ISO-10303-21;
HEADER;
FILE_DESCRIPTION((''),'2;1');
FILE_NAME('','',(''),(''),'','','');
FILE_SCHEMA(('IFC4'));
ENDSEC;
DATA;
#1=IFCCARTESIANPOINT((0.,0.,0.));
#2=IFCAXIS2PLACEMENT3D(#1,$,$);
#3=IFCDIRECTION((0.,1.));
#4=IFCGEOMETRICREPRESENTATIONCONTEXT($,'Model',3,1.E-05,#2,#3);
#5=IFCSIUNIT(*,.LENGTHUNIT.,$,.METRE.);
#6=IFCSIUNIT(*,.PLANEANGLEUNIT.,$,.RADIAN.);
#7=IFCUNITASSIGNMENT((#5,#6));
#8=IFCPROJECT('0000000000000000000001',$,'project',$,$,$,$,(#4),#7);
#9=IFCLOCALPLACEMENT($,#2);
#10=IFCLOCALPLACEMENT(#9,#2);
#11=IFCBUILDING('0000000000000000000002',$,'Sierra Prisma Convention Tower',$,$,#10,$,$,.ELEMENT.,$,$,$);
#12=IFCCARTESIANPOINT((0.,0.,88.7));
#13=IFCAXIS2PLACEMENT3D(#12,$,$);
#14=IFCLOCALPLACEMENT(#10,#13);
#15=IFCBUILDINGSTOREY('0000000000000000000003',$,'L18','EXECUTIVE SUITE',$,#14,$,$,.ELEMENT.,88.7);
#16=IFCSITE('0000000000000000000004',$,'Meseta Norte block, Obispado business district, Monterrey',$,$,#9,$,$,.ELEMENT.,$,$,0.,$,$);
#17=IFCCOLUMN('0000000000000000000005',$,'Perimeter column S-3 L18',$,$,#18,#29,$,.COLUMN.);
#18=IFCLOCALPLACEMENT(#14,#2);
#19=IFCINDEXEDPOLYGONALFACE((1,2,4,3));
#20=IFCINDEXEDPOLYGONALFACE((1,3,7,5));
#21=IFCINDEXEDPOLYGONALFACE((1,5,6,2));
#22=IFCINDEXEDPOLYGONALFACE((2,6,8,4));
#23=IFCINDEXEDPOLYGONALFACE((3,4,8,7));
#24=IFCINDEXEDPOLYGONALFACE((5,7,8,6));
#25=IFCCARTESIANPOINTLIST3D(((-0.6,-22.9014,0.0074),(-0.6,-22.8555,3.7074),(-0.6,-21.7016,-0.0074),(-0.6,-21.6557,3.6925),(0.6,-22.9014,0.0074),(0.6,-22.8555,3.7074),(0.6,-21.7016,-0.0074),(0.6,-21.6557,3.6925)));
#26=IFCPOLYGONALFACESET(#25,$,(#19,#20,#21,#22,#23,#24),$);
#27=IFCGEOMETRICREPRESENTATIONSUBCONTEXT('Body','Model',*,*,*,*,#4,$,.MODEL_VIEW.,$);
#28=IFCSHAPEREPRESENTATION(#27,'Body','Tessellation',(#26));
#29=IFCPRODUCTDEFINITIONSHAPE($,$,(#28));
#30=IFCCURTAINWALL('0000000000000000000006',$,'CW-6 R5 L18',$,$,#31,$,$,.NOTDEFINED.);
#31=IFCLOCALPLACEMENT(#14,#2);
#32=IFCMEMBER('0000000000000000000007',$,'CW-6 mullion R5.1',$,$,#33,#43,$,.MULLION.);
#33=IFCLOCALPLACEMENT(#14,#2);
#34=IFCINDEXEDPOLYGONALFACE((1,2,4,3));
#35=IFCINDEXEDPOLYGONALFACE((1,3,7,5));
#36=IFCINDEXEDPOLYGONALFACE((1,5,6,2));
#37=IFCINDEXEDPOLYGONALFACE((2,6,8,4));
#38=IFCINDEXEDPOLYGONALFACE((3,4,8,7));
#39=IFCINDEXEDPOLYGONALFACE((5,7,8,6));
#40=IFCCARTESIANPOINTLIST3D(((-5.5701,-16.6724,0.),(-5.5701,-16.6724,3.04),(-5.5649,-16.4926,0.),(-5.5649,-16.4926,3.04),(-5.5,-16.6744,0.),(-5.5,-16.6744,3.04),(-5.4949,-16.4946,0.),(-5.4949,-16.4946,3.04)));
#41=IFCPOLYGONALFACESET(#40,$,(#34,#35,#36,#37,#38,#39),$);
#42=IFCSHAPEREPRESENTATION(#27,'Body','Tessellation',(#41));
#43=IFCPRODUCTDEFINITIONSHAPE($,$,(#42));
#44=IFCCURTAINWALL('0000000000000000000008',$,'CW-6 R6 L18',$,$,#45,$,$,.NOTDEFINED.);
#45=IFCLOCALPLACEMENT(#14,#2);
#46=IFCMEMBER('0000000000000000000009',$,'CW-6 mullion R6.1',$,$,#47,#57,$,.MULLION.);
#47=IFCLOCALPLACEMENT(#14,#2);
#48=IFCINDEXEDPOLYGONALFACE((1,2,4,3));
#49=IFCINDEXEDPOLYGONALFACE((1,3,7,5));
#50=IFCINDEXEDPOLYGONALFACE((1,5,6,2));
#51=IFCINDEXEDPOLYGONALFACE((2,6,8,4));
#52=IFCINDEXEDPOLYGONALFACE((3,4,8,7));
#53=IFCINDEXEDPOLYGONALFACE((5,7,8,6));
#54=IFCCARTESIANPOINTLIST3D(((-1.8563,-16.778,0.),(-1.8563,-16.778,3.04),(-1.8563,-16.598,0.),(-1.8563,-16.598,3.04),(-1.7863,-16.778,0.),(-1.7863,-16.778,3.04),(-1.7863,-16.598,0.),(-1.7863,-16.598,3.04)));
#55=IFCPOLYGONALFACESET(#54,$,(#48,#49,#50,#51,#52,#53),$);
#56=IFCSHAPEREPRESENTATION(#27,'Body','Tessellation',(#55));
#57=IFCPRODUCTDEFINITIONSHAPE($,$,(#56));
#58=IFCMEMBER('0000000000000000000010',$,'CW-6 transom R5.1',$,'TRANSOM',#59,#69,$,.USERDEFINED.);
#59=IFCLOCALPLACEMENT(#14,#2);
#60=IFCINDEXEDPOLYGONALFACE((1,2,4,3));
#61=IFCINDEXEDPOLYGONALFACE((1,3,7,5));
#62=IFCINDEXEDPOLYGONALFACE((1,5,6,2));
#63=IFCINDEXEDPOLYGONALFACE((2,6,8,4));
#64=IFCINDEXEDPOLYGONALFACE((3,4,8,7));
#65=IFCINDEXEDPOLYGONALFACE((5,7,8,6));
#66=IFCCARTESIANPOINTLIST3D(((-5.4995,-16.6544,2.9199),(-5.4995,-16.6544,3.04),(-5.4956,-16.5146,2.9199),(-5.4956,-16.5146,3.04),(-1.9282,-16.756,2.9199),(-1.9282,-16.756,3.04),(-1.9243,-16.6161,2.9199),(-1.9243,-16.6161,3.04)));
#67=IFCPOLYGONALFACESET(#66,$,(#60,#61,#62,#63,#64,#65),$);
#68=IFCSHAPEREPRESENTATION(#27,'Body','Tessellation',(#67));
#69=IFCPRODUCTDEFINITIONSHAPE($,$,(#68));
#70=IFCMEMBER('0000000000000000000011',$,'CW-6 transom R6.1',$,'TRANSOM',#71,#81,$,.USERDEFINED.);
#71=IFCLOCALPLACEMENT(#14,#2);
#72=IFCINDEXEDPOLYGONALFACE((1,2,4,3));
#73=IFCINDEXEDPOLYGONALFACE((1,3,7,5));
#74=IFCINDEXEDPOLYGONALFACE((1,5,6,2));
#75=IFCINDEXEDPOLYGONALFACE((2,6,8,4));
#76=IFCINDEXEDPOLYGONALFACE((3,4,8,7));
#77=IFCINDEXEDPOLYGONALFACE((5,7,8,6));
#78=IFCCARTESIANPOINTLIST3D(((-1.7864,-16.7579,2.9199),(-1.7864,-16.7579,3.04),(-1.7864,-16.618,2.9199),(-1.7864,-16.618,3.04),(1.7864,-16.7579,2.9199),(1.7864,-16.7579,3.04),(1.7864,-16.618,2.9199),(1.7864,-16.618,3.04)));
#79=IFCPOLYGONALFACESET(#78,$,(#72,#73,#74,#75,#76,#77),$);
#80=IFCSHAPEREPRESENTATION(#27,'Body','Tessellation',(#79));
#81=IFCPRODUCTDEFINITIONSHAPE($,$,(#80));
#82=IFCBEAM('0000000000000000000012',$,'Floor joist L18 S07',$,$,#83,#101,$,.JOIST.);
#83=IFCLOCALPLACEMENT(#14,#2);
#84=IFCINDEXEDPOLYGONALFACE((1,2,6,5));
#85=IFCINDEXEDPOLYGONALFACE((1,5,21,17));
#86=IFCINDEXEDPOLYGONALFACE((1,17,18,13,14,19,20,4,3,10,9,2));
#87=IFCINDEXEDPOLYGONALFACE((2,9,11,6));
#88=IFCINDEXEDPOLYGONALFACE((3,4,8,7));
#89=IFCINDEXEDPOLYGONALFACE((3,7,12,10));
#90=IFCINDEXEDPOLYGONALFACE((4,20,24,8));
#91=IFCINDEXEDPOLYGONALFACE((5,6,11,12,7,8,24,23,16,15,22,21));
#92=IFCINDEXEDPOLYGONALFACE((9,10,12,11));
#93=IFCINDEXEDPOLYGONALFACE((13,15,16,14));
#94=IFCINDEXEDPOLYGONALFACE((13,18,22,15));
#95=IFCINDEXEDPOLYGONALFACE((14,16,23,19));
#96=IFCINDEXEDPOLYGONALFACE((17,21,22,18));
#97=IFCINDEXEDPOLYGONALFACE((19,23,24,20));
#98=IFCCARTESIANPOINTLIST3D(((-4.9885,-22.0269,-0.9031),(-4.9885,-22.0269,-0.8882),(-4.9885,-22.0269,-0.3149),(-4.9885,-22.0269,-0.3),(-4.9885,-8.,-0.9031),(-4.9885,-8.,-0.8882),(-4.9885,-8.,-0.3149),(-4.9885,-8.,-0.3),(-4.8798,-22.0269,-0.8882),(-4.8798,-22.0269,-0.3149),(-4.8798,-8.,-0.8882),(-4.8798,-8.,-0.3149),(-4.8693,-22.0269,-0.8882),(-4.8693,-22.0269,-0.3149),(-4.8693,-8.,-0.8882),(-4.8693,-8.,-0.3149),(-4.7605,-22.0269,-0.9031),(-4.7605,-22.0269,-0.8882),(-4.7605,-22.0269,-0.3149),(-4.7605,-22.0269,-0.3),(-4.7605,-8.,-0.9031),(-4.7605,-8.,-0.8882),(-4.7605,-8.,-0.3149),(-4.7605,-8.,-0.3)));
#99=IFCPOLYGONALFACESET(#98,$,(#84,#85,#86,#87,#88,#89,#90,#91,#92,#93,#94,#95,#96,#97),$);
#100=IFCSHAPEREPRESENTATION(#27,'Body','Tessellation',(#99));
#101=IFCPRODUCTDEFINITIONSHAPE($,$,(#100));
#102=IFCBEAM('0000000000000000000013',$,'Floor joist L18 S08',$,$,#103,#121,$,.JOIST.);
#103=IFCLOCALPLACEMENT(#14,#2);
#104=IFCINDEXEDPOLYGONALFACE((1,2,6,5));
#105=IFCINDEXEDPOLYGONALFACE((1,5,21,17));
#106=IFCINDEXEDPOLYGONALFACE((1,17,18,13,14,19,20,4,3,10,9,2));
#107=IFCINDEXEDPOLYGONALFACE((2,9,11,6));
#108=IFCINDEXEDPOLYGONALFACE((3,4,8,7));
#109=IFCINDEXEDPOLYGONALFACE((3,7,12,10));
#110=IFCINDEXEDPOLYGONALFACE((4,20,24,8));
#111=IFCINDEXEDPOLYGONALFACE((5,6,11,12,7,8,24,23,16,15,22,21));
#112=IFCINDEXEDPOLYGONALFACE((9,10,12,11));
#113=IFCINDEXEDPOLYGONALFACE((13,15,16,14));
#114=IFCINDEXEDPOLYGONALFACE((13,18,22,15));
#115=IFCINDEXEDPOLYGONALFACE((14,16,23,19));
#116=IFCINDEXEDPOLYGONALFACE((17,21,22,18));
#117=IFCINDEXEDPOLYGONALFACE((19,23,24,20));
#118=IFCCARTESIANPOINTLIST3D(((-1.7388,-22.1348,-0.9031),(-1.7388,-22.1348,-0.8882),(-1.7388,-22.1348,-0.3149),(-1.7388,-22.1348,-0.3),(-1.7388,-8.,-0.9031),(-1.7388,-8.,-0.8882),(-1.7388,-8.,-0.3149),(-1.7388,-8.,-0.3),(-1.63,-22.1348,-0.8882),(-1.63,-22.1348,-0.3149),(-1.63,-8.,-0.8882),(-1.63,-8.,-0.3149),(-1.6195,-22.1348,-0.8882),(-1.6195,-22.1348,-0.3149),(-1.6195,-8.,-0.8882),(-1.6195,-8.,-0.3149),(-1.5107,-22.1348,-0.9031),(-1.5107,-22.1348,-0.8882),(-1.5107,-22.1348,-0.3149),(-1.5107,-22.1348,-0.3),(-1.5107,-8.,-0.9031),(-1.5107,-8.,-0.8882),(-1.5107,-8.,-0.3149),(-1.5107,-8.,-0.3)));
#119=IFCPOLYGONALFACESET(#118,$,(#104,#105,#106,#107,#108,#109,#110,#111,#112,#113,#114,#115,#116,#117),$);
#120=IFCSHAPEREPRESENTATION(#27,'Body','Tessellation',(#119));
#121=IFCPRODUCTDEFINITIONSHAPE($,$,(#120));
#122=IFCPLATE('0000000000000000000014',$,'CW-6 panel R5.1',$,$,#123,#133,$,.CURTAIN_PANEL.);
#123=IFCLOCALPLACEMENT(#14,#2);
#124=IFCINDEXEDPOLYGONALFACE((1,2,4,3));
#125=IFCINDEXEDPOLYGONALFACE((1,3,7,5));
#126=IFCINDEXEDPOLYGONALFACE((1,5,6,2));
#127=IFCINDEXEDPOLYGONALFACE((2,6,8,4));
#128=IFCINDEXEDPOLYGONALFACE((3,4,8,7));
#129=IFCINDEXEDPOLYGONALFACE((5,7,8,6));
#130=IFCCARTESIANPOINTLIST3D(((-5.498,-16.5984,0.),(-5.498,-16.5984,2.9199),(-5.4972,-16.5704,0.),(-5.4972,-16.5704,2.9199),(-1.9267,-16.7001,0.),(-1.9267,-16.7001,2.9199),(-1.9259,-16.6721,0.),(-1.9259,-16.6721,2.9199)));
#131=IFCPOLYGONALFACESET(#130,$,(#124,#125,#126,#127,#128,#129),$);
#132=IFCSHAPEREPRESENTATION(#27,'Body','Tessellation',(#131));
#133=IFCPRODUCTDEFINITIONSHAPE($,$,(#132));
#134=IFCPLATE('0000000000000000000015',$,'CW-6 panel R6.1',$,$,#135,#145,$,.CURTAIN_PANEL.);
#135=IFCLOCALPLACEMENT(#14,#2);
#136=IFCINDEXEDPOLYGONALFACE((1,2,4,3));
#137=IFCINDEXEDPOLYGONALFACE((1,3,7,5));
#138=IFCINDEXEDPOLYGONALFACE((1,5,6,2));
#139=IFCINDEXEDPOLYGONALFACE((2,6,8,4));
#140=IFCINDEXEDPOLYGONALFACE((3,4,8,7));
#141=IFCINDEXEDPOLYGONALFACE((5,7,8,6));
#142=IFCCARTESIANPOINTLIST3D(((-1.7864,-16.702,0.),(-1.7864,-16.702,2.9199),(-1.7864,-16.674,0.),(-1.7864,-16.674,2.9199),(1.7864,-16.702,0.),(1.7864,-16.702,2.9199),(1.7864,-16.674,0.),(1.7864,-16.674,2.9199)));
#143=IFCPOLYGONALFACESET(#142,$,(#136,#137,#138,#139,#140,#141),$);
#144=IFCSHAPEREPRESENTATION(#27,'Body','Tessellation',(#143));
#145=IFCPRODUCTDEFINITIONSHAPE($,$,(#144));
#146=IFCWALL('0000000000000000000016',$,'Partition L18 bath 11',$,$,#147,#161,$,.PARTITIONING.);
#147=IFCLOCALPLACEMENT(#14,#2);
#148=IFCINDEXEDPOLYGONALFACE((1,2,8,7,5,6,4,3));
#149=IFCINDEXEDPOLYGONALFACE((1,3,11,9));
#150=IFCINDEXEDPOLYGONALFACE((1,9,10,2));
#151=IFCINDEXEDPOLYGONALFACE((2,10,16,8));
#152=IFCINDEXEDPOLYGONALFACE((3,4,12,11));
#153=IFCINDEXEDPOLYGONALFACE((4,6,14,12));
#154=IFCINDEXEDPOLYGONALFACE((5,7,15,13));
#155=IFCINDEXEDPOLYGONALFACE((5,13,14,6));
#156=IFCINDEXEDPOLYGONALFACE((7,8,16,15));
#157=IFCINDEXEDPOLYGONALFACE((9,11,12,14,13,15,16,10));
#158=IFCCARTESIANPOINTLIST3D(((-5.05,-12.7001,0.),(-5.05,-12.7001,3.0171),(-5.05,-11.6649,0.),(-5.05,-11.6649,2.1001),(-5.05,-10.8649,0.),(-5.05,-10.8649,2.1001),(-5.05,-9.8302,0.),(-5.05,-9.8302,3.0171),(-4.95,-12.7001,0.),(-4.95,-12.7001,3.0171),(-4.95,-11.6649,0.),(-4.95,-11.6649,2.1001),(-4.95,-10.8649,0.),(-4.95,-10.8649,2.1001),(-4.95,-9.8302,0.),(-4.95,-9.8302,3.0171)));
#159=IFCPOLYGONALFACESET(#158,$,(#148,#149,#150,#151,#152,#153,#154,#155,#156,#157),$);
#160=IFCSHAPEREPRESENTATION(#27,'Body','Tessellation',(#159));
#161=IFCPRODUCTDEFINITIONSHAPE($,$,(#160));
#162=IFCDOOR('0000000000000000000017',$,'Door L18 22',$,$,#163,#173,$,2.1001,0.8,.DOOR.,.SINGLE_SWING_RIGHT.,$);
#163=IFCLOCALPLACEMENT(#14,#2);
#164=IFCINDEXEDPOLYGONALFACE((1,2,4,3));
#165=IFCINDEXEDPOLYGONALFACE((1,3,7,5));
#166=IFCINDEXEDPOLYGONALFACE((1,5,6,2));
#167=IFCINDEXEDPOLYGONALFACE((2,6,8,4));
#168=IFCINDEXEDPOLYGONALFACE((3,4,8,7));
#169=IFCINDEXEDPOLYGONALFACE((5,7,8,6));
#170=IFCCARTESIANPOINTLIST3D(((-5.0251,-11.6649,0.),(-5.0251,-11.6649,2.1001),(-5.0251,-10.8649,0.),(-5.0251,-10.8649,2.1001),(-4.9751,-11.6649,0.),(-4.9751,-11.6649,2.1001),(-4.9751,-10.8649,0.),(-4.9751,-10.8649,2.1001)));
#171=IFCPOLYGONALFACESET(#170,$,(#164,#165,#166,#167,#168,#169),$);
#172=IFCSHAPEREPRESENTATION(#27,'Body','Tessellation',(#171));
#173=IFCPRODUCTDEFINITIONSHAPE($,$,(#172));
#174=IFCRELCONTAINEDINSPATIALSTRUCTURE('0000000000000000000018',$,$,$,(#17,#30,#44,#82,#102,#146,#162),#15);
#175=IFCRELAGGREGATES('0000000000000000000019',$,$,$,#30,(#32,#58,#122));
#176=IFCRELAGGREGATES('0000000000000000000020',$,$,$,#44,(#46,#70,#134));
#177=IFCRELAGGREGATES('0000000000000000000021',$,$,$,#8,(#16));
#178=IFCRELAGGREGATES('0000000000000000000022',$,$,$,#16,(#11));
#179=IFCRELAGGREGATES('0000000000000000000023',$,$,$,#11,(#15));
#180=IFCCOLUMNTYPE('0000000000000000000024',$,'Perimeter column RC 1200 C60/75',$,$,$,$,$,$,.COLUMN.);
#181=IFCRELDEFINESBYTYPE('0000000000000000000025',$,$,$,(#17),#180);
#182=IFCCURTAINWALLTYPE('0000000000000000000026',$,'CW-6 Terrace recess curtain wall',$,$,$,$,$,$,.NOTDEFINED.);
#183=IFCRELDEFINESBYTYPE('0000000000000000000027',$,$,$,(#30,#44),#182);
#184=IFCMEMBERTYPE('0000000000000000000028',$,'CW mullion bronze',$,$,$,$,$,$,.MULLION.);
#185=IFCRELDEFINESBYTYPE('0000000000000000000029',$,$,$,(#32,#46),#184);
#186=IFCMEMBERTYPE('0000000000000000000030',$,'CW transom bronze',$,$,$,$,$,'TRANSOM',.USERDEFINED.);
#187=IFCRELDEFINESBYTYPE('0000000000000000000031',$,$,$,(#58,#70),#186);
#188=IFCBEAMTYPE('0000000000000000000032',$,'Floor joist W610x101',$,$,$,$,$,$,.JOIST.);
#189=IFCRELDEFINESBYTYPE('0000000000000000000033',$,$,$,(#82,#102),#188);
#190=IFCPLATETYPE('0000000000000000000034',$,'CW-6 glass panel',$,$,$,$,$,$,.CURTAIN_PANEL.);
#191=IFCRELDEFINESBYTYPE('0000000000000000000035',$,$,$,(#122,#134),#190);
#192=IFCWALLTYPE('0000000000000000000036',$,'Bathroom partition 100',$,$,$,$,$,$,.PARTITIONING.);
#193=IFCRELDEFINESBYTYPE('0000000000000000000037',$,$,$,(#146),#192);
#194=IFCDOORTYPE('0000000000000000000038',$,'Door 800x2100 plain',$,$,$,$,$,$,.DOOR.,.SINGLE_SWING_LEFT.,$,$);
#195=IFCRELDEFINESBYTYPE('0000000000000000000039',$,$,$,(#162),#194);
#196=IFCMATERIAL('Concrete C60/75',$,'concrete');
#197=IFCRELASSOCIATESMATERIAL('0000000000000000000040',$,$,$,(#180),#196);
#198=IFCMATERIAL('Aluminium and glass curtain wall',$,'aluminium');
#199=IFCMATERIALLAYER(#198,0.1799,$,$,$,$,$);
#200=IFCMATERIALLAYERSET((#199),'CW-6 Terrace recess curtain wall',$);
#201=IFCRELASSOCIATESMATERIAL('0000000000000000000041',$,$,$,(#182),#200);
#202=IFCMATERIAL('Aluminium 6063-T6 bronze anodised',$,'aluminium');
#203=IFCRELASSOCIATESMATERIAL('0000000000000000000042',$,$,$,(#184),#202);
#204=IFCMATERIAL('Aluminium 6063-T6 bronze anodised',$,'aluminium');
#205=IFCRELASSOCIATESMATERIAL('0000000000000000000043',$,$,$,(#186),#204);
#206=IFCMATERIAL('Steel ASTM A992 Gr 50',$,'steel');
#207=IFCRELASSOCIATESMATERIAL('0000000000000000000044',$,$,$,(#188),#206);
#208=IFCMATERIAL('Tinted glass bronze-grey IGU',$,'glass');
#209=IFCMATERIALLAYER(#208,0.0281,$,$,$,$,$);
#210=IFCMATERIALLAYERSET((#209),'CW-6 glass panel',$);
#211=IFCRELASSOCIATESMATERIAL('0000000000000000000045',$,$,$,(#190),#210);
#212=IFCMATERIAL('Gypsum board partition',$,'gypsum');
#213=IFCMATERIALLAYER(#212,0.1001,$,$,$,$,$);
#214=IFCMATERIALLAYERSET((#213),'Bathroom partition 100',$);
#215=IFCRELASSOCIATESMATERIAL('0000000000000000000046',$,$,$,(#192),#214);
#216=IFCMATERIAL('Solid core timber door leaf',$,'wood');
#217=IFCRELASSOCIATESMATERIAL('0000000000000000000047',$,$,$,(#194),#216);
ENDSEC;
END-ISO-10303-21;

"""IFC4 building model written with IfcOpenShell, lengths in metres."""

from ifc_helpers import new_model, si_unit, direction, frame, frame_2d, origin, origin_2d, place, context, subcontext, project, spatial, rectangle, i_section, extrude, material, layer, layer_set, material_profile, profile_set, type_object, element, fill, aggregate, save


model = new_model("IFC4")

# Units and contexts
model_context = context("Model", 3, precision=1e-05, world=origin(), true_north=direction((0.0, 1.0)))
body_context = subcontext(model_context, "Body", "Model", "MODEL_VIEW")
ifc_project = project(units=[si_unit("LENGTHUNIT", "METRE"), si_unit("PLANEANGLEUNIT", "RADIAN")], contexts=[model_context])

# Site, building, storey
site_placement = place(None, origin())
site = spatial("IfcSite", under=ifc_project, at=site_placement, Name="Meseta Norte block, Obispado business district, Monterrey", CompositionType="ELEMENT", RefElevation=0.0)
building_placement = place(site_placement, origin())
building = spatial("IfcBuilding", under=site, at=building_placement, Name="Sierra Prisma Convention Tower", CompositionType="ELEMENT")
storey_placement = place(building_placement, frame((0.0, 0.0, 88.7)))
storey = spatial("IfcBuildingStorey", under=building, at=storey_placement, Name="L18", Description="EXECUTIVE SUITE", CompositionType="ELEMENT", Elevation=88.7)

# Column
ifc_material_1 = material(Name="Concrete C60/75", Category="concrete")
ifc_material_profile_1 = material_profile(ifc_material_1, rectangle(XDim=1.2, YDim=1.2, at=origin_2d()), Name="Perimeter column RC 1200 C60/75")
ifc_profile_set_1 = profile_set([ifc_material_profile_1], Name="Concrete C60/75")
column_type = type_object("IfcColumnType", Name="Perimeter column RC 1200 C60/75", PredefinedType="COLUMN", material=ifc_profile_set_1)
column_placement = place(storey_placement, frame((0.0, -22.3015, 0.0), z_axis=(0.0, 0.012404, 0.999923), x_axis=(1.0, 0.0, 0.0)))
element("IfcColumn", 1, at=column_placement, inside=storey, type_object=column_type, Name="Perimeter column S-3 L18", PredefinedType="COLUMN", context=body_context, shape_type="SweptSolid", body=[
    extrude(rectangle(XDim=1.2, YDim=1.2, at=origin_2d()), origin(), (0.0, 0.0, 1.0), 3.7002),
])

# Curtain walls, members
ifc_material_2 = material(Name="Aluminium and glass curtain wall", Category="aluminium")
ifc_layer_1 = layer(ifc_material_2, 0.1799)
ifc_layer_set_1 = layer_set([ifc_layer_1], Name="CW-6 Terrace recess curtain wall")
curtain_wall_type = type_object("IfcCurtainWallType", Name="CW-6 Terrace recess curtain wall", PredefinedType="NOTDEFINED", material=ifc_layer_set_1)
curtain_wall_1_placement = place(storey_placement, origin())
curtain_wall_1 = element("IfcCurtainWall", 2, at=curtain_wall_1_placement, inside=storey, type_object=curtain_wall_type, Name="CW-6 R5 L18", PredefinedType="NOTDEFINED")
ifc_material_3 = material(Name="Aluminium 6063-T6 bronze anodised", Category="aluminium")
ifc_material_profile_2 = material_profile(ifc_material_3, rectangle(XDim=0.1799, YDim=0.0701, at=origin_2d()), Name="ALU MULLION 70x180")
ifc_profile_set_2 = profile_set([ifc_material_profile_2], Name="Aluminium 6063-T6 bronze anodised")
member_type_1 = type_object("IfcMemberType", Name="CW mullion bronze", PredefinedType="MULLION", material=ifc_profile_set_2)
member_1_placement = place(storey_placement, frame((-5.5325, -16.5835, 0.0), z_axis=(0.0, 0.0, 1.0), x_axis=(0.028461, 0.999595, 0.0)))
member_1 = element("IfcMember", 3, at=member_1_placement, type_object=member_type_1, Name="CW-6 mullion R5.1", PredefinedType="MULLION", context=body_context, shape_type="SweptSolid", body=[
    extrude(rectangle(XDim=0.1799, YDim=0.0701, at=origin_2d()), origin(), (0.0, 0.0, 1.0), 3.04),
])
curtain_wall_2_placement = place(storey_placement, origin())
curtain_wall_2 = element("IfcCurtainWall", 4, at=curtain_wall_2_placement, inside=storey, type_object=curtain_wall_type, Name="CW-6 R6 L18", PredefinedType="NOTDEFINED")
member_2_placement = place(storey_placement, frame((-1.8213, -16.688, 0.0), z_axis=(0.0, 0.0, 1.0), x_axis=(0.0, 1.0, 0.0)))
member_2 = element("IfcMember", 5, at=member_2_placement, type_object=member_type_1, Name="CW-6 mullion R6.1", PredefinedType="MULLION", context=body_context, shape_type="SweptSolid", body=[
    extrude(rectangle(XDim=0.1799, YDim=0.0701, at=origin_2d()), origin(), (0.0, 0.0, 1.0), 3.04),
])

# Members
ifc_material_4 = material(Name="Aluminium 6063-T6 bronze anodised", Category="aluminium")
ifc_material_profile_3 = material_profile(ifc_material_4, rectangle(XDim=0.1399, YDim=0.1201, at=origin_2d()), Name="ALU TRANSOM 120x140")
ifc_profile_set_3 = profile_set([ifc_material_profile_3], Name="Aluminium 6063-T6 bronze anodised")
member_type_2 = type_object("IfcMemberType", Name="CW transom bronze", ElementType="TRANSOM", PredefinedType="USERDEFINED", material=ifc_profile_set_3)
member_3_placement = place(storey_placement, frame((-5.4976, -16.5845, 2.98), z_axis=(0.999596, -0.028427, 0.0), x_axis=(0.028427, 0.999596, 0.0)))
member_3 = element("IfcMember", 6, at=member_3_placement, type_object=member_type_2, Name="CW-6 transom R5.1", ObjectType="TRANSOM", PredefinedType="USERDEFINED", context=body_context, shape_type="SweptSolid", body=[
    extrude(rectangle(XDim=0.1399, YDim=0.1201, at=origin_2d()), origin(), (0.0, 0.0, 1.0), 3.5728),
])
member_4_placement = place(storey_placement, frame((-1.7864, -16.688, 2.98), z_axis=(1.0, 0.0, 0.0), x_axis=(0.0, 1.0, 0.0)))
member_4 = element("IfcMember", 7, at=member_4_placement, type_object=member_type_2, Name="CW-6 transom R6.1", ObjectType="TRANSOM", PredefinedType="USERDEFINED", context=body_context, shape_type="SweptSolid", body=[
    extrude(rectangle(XDim=0.1399, YDim=0.1201, at=origin_2d()), origin(), (0.0, 0.0, 1.0), 3.5728),
])

# Beams
ifc_material_5 = material(Name="Steel ASTM A992 Gr 50", Category="steel")
ifc_material_profile_4 = material_profile(ifc_material_5, i_section(OverallWidth=0.228, OverallDepth=0.603, WebThickness=0.0105, FlangeThickness=0.0149, at=origin_2d()), Name="W610x101")
ifc_profile_set_4 = profile_set([ifc_material_profile_4], Name="Steel ASTM A992 Gr 50")
beam_type = type_object("IfcBeamType", Name="Floor joist W610x101", PredefinedType="JOIST", material=ifc_profile_set_4)
beam_1_placement = place(storey_placement, frame((-4.8745, -22.0269, -0.6016), z_axis=(0.0, 1.0, 0.0), x_axis=(-1.0, 0.0, 0.0)))
element("IfcBeam", 8, at=beam_1_placement, inside=storey, type_object=beam_type, Name="Floor joist L18 S07", PredefinedType="JOIST", context=body_context, shape_type="SweptSolid", body=[
    extrude(i_section(OverallWidth=0.228, OverallDepth=0.603, WebThickness=0.0105, FlangeThickness=0.0149, at=origin_2d()), origin(), (0.0, 0.0, 1.0), 14.0269),
])
beam_2_placement = place(storey_placement, frame((-1.6248, -22.1348, -0.6016), z_axis=(0.0, 1.0, 0.0), x_axis=(-1.0, 0.0, 0.0)))
element("IfcBeam", 9, at=beam_2_placement, inside=storey, type_object=beam_type, Name="Floor joist L18 S08", PredefinedType="JOIST", context=body_context, shape_type="SweptSolid", body=[
    extrude(i_section(OverallWidth=0.228, OverallDepth=0.603, WebThickness=0.0105, FlangeThickness=0.0149, at=origin_2d()), origin(), (0.0, 0.0, 1.0), 14.1348),
])

# Plates
ifc_material_6 = material(Name="Tinted glass bronze-grey IGU", Category="glass")
ifc_layer_2 = layer(ifc_material_6, 0.0281)
ifc_layer_set_2 = layer_set([ifc_layer_2], Name="CW-6 glass panel")
plate_type = type_object("IfcPlateType", Name="CW-6 glass panel", PredefinedType="CURTAIN_PANEL", material=ifc_layer_set_2)
plate_1_placement = place(storey_placement, frame((-3.7119, -16.6353, 0.0), z_axis=(0.0, 0.0, 1.0), x_axis=(0.999595, -0.028461, 0.0)))
plate_1 = element("IfcPlate", 10, at=plate_1_placement, type_object=plate_type, Name="CW-6 panel R5.1", PredefinedType="CURTAIN_PANEL", context=body_context, shape_type="SweptSolid", body=[
    extrude(rectangle(XDim=3.5728, YDim=0.0281, at=origin_2d()), origin(), (0.0, 0.0, 1.0), 2.9199),
])
aggregate(curtain_wall_1, [member_1, member_3, plate_1])
plate_2_placement = place(storey_placement, frame((0.0, -16.688, 0.0), z_axis=(0.0, 0.0, 1.0), x_axis=(1.0, 0.0, 0.0)))
plate_2 = element("IfcPlate", 11, at=plate_2_placement, type_object=plate_type, Name="CW-6 panel R6.1", PredefinedType="CURTAIN_PANEL", context=body_context, shape_type="SweptSolid", body=[
    extrude(rectangle(XDim=3.5728, YDim=0.0281, at=origin_2d()), origin(), (0.0, 0.0, 1.0), 2.9199),
])
aggregate(curtain_wall_2, [member_2, member_4, plate_2])

# Wall, opening, door
ifc_material_7 = material(Name="Gypsum board partition", Category="gypsum")
ifc_layer_3 = layer(ifc_material_7, 0.1001)
ifc_layer_set_3 = layer_set([ifc_layer_3], Name="Bathroom partition 100")
wall_type_1 = type_object("IfcWallType", Name="Bathroom partition 100", PredefinedType="PARTITIONING", material=ifc_layer_set_3)
wall_1_placement = place(storey_placement, frame((-5.0, -9.8301, 0.0), z_axis=(0.0, 0.0, 1.0), x_axis=(0.0, -1.0, 0.0)))
wall_1 = element("IfcWall", 12, at=wall_1_placement, inside=storey, type_object=wall_type_1, Name="Partition L18 bath 11", PredefinedType="PARTITIONING", context=body_context, shape_type="SweptSolid", body=[
    extrude(rectangle(XDim=2.8699, YDim=0.1001, at=frame_2d((1.4351, 0.0))), origin(), (0.0, 0.0, 1.0), 3.0171),
])
opening_1_placement = place(wall_1_placement, frame((1.0349, 0.0, 0.0)))
opening_1 = element("IfcOpeningElement", 13, at=opening_1_placement, cuts=wall_1, PredefinedType="OPENING", context=body_context, shape_type="SweptSolid", body=[
    extrude(rectangle(XDim=0.8, YDim=2.1001, at=frame_2d((0.3999, 1.05))), frame((0.0, 0.05, 0.0), z_axis=(0.0, -1.0, 0.0), x_axis=(1.0, 0.0, 0.0)), (0.0, 0.0, 1.0), 0.1001),
])
ifc_material_8 = material(Name="Solid core timber door leaf", Category="wood")
door_type_1 = type_object("IfcDoorType", Name="Door 800x2100 plain", OperationType="SINGLE_SWING_LEFT", PredefinedType="DOOR", material=ifc_material_8)
door_1_placement = place(opening_1_placement, origin())
door_1 = element("IfcDoor", 14, at=door_1_placement, inside=storey, type_object=door_type_1, Name="Door L18 22", OperationType="SINGLE_SWING_RIGHT", OverallHeight=2.1001, OverallWidth=0.8, PredefinedType="DOOR", context=body_context, shape_type="SweptSolid", body=[
    extrude(rectangle(XDim=0.8, YDim=2.1001, at=frame_2d((0.3999, 1.05))), frame((0.0, 0.0249, 0.0), z_axis=(0.0, -1.0, 0.0), x_axis=(1.0, 0.0, 0.0)), (0.0, 0.0, 1.0), 0.05),
])
fill(opening_1, door_1)

save(model, "model.ifc")
